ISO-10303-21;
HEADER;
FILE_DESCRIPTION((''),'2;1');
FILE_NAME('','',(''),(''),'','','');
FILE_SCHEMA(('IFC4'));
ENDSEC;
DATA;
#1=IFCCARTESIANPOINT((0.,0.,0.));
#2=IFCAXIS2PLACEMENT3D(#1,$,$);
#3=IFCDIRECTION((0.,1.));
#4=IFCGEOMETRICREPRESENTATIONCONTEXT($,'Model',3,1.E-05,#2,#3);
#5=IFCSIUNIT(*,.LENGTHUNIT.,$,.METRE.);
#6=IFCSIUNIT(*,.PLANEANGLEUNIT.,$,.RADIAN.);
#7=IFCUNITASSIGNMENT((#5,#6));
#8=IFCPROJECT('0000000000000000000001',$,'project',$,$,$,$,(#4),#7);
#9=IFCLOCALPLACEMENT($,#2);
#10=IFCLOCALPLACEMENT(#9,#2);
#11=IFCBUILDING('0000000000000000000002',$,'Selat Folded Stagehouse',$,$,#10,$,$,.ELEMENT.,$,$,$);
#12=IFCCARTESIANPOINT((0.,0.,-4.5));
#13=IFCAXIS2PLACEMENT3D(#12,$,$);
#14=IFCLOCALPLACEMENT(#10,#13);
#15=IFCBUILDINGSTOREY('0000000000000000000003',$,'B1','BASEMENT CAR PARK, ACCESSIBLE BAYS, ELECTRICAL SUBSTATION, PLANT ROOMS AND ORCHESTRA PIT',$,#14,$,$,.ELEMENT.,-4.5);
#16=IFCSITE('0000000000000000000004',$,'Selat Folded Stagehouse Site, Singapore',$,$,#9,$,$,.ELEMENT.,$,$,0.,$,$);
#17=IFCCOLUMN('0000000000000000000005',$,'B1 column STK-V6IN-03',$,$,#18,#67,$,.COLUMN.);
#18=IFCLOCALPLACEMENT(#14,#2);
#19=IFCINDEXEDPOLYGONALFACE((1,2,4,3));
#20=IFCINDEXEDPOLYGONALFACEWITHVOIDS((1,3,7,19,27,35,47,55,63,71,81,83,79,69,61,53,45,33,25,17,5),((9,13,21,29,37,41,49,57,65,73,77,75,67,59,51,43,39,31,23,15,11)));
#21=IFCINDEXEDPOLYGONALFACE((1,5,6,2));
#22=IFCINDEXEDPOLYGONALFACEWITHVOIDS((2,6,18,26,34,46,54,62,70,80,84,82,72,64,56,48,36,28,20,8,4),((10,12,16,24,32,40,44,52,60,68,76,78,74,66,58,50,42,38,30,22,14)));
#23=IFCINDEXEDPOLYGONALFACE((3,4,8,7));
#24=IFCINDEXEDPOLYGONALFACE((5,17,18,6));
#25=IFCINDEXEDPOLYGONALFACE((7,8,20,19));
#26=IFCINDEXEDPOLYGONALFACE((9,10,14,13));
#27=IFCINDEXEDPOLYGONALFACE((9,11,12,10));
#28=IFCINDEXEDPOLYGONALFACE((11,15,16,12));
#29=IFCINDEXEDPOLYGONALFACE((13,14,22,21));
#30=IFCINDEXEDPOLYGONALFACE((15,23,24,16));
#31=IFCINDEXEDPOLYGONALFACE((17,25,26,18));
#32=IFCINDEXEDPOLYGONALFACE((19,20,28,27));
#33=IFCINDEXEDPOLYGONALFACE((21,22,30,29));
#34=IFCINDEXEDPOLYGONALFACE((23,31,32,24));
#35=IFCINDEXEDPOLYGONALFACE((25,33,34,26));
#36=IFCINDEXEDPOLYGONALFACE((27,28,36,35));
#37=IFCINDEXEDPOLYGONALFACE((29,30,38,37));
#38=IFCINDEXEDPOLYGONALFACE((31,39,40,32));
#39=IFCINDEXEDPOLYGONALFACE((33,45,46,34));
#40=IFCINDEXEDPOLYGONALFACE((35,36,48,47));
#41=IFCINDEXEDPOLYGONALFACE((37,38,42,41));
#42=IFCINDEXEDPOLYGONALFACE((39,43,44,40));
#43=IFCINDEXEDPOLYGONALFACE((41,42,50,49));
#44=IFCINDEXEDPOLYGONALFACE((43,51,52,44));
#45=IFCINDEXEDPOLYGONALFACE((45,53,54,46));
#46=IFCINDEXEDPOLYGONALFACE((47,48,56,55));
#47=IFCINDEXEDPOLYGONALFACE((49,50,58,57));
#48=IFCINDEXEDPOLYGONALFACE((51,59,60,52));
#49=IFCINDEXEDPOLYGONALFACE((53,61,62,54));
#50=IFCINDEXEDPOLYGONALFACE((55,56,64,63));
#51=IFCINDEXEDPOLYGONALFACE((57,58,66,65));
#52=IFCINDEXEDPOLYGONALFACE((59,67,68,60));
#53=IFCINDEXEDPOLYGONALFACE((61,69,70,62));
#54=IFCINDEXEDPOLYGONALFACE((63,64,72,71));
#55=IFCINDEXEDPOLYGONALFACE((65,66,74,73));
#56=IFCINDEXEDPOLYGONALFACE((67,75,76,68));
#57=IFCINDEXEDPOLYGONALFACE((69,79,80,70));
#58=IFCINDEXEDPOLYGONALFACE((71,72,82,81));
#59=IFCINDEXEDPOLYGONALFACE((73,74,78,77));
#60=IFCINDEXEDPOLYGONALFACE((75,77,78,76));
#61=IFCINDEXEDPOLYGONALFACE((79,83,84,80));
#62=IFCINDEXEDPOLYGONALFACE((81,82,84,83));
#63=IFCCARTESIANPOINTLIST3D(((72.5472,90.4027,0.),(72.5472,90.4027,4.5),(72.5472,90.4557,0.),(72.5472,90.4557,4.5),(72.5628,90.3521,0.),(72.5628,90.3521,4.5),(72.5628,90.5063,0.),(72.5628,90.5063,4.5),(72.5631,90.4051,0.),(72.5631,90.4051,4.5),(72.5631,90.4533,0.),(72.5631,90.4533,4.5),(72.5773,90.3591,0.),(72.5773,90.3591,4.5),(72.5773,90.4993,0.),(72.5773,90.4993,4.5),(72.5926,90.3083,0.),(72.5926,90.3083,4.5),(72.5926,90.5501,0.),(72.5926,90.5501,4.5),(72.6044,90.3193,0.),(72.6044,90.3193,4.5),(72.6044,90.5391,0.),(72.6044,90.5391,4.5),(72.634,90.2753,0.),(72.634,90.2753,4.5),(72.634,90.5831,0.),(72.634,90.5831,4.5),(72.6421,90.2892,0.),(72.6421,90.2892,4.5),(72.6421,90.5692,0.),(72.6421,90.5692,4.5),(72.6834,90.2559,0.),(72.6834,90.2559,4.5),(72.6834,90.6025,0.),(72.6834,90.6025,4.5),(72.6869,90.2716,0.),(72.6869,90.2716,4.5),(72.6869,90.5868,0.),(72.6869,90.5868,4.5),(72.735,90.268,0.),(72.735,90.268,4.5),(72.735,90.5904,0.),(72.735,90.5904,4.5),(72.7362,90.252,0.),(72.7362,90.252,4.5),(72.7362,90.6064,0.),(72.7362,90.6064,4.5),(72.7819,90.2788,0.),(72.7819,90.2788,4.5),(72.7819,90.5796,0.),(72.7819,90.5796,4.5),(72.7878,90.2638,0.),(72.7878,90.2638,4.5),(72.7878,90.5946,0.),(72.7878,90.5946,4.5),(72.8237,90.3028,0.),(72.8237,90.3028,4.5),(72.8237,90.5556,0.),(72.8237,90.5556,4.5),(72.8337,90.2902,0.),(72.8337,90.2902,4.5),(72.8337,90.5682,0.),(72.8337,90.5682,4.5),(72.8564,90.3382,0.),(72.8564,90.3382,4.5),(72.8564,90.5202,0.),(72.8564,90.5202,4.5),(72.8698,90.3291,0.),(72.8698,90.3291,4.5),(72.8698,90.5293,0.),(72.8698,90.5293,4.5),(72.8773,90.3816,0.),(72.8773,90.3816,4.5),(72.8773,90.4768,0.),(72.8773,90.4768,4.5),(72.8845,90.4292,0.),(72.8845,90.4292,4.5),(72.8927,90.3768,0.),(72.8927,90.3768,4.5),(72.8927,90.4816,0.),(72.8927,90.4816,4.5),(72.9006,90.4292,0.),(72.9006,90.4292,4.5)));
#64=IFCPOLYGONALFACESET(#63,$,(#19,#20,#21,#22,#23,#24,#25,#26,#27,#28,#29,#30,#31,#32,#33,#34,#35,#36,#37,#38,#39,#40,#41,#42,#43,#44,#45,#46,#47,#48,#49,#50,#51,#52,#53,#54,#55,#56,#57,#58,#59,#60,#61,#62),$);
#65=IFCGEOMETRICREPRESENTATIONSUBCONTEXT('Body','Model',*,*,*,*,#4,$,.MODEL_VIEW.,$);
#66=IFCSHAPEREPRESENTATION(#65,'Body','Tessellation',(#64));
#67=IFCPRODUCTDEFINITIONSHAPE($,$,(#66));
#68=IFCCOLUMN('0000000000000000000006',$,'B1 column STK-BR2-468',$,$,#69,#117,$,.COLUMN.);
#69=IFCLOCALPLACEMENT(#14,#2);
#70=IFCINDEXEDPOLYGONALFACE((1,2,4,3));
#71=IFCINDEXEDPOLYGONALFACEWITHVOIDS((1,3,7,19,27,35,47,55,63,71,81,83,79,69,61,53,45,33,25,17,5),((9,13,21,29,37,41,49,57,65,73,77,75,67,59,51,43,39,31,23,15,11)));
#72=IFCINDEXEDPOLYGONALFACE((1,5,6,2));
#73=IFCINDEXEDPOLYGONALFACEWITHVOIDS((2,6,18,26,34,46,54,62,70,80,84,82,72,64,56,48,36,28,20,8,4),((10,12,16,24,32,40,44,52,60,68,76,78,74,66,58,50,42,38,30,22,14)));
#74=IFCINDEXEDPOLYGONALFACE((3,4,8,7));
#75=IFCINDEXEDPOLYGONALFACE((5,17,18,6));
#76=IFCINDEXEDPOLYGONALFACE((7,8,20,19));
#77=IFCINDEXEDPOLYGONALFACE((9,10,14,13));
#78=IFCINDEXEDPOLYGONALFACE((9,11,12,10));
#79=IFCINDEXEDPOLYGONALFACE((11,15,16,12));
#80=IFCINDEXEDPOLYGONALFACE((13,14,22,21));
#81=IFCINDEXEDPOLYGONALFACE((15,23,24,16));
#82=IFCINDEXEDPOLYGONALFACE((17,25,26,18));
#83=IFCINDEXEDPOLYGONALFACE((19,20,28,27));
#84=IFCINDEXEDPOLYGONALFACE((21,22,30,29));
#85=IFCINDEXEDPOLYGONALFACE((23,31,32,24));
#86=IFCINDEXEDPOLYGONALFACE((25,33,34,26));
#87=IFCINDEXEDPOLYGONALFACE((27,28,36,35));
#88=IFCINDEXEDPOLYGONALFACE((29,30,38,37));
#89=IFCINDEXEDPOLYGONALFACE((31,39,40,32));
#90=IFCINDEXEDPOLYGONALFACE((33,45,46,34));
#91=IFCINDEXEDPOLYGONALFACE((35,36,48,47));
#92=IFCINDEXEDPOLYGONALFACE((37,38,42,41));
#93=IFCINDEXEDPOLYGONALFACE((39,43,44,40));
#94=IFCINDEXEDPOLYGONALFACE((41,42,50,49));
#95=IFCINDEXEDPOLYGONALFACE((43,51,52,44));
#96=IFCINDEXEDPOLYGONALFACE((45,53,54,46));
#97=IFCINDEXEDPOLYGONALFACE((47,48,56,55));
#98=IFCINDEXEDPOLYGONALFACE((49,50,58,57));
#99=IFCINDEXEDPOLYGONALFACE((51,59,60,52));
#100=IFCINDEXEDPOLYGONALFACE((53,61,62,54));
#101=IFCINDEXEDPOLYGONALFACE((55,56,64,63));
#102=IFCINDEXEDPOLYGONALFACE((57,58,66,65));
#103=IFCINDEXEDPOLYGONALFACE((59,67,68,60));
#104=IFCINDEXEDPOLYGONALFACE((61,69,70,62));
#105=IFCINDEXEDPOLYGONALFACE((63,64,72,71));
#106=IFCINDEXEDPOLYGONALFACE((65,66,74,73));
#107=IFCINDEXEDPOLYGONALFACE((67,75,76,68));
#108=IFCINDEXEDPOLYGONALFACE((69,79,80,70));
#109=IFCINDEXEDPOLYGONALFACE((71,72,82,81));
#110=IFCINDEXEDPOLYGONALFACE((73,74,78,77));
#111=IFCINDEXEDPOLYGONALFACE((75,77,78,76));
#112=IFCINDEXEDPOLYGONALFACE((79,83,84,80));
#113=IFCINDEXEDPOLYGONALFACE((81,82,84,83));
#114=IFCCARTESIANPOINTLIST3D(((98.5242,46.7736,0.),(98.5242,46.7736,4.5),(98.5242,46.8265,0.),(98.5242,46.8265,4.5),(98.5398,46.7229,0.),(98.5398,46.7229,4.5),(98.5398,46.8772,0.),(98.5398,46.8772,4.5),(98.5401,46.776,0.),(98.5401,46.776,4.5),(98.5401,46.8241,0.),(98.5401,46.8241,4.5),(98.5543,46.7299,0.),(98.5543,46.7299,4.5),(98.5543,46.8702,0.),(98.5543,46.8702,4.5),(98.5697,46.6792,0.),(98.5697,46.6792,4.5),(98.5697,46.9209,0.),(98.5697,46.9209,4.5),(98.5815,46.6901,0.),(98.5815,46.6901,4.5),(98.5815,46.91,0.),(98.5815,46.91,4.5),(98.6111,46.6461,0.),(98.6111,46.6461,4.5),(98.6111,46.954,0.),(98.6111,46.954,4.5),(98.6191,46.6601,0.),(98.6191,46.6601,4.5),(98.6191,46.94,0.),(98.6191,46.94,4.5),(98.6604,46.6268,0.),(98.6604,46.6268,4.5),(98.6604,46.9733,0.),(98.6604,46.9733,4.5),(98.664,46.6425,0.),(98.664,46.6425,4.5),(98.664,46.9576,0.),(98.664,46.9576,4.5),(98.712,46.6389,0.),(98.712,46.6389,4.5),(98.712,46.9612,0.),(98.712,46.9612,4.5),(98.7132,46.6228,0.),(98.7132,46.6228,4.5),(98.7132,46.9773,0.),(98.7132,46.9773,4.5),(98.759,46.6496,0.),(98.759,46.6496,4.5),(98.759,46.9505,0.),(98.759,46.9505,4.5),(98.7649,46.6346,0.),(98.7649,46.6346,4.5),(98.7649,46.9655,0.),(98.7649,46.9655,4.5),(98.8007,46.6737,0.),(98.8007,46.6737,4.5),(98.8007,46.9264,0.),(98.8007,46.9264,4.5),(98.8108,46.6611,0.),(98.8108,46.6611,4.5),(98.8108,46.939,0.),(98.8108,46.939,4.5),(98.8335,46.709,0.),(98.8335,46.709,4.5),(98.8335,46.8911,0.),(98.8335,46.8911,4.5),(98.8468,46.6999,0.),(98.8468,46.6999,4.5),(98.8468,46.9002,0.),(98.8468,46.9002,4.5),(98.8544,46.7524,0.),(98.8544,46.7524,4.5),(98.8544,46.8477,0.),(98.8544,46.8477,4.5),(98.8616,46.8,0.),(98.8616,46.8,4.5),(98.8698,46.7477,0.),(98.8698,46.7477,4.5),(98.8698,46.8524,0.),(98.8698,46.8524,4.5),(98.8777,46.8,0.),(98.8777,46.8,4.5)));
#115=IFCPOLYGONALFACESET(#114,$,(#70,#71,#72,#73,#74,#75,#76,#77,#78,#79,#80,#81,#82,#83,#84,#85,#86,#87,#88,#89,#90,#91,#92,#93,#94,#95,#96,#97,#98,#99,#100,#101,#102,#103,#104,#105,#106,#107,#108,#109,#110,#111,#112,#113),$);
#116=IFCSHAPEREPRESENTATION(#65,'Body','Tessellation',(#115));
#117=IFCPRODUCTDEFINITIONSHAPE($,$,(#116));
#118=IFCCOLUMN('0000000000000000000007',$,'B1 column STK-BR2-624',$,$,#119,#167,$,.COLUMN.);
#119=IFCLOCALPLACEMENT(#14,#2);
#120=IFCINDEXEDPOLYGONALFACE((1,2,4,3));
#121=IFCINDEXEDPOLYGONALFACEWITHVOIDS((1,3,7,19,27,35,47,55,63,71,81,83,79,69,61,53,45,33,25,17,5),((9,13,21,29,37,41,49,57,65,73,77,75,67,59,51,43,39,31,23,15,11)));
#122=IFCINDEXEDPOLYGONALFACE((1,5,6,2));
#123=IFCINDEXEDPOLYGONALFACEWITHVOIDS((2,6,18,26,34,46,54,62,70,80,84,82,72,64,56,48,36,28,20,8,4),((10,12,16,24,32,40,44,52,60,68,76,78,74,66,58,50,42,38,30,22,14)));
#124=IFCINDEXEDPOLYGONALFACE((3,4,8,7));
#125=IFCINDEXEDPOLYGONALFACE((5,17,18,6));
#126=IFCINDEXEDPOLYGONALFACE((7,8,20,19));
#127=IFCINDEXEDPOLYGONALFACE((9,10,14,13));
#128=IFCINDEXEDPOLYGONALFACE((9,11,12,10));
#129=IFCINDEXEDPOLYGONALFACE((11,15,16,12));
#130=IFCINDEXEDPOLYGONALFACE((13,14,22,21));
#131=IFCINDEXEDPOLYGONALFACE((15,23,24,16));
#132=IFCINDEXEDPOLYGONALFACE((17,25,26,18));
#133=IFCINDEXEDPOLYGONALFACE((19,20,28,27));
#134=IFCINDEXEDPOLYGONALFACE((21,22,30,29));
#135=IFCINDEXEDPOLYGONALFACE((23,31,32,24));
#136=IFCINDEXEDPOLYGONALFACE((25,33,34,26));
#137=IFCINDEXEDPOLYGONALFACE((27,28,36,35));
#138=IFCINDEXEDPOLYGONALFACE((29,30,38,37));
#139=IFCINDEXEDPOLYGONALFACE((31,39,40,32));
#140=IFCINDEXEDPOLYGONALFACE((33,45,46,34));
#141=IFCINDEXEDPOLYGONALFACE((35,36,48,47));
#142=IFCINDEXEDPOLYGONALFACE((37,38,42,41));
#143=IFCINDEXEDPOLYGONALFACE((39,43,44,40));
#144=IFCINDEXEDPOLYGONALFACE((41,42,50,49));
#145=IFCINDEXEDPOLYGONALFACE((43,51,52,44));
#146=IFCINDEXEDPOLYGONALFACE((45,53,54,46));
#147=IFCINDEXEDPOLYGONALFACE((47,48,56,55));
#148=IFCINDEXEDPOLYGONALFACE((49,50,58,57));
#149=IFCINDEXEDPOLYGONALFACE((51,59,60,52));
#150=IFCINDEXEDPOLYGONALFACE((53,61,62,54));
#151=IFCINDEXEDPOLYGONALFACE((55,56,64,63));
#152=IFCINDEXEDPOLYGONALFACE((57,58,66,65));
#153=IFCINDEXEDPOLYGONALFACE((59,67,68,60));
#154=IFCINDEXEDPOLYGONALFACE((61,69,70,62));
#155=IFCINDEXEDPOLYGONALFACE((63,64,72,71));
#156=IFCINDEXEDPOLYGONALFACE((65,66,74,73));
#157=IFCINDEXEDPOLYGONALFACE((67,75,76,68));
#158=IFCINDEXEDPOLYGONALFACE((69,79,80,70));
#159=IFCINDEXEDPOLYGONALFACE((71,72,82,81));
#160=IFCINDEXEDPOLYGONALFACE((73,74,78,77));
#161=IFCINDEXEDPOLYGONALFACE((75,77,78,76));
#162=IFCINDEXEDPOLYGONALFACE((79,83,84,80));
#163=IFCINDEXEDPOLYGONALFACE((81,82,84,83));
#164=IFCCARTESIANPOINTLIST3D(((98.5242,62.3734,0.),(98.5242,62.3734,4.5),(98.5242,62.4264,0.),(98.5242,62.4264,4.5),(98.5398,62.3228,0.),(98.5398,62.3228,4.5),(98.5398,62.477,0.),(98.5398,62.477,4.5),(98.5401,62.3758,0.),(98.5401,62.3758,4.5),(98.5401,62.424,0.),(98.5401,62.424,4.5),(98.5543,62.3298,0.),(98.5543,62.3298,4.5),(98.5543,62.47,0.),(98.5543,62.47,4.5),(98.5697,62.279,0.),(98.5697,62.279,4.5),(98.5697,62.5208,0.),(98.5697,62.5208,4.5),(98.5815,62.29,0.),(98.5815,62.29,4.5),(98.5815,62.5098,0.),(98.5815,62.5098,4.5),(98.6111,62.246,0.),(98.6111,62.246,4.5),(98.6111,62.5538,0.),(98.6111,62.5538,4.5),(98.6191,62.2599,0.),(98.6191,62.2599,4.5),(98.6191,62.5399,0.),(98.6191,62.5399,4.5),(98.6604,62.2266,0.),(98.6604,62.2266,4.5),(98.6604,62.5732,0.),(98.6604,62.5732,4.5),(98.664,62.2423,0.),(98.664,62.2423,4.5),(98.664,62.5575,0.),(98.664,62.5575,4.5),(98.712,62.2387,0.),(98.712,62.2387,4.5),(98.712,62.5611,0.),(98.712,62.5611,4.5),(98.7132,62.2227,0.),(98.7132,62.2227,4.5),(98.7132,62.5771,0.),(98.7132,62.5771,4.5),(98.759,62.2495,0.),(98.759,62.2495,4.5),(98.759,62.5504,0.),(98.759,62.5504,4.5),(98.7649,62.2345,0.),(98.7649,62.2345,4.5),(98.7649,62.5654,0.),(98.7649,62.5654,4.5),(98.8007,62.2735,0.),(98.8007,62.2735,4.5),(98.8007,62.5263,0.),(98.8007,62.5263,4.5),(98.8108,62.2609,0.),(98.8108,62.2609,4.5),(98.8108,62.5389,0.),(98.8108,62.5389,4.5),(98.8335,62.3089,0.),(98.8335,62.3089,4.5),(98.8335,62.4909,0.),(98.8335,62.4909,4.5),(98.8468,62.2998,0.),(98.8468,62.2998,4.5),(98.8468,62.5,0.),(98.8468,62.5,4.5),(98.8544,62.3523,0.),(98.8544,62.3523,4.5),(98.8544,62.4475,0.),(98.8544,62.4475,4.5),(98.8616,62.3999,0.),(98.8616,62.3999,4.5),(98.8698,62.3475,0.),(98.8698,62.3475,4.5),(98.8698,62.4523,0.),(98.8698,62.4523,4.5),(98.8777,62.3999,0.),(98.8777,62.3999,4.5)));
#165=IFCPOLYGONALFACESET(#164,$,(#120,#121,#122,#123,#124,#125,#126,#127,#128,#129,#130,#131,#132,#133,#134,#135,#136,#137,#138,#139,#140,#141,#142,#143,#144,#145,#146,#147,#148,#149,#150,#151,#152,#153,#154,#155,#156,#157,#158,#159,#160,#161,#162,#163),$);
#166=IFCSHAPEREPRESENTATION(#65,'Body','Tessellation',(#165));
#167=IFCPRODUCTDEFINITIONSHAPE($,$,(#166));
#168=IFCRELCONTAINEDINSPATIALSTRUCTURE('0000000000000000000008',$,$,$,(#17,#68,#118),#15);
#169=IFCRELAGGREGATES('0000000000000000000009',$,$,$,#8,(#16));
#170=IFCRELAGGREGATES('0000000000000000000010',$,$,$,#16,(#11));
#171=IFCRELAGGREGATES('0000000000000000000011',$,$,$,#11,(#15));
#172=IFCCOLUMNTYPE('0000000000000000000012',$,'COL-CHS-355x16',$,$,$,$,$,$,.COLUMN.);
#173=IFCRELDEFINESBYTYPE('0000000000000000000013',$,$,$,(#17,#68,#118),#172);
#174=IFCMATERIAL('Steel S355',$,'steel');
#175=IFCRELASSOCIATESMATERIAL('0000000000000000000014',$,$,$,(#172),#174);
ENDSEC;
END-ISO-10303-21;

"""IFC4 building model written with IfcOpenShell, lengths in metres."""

from ifc_helpers import new_model, si_unit, direction, frame, origin, origin_2d, place, context, subcontext, project, spatial, hollow_circle, extrude, material, material_profile, profile_set, type_object, element, save


model = new_model("IFC4")

# Units and contexts
model_context = context("Model", 3, precision=1e-05, world=origin(), true_north=direction((0.0, 1.0)))
body_context = subcontext(model_context, "Body", "Model", "MODEL_VIEW")
ifc_project = project(units=[si_unit("LENGTHUNIT", "METRE"), si_unit("PLANEANGLEUNIT", "RADIAN")], contexts=[model_context])

# Site, building, storey
site_placement = place(None, origin())
site = spatial("IfcSite", under=ifc_project, at=site_placement, Name="Selat Folded Stagehouse Site, Singapore", CompositionType="ELEMENT", RefElevation=0.0)
building_placement = place(site_placement, origin())
building = spatial("IfcBuilding", under=site, at=building_placement, Name="Selat Folded Stagehouse", CompositionType="ELEMENT")
storey_placement = place(building_placement, frame((0.0, 0.0, -4.5)))
storey = spatial("IfcBuildingStorey", under=building, at=storey_placement, Name="B1", Description="BASEMENT CAR PARK, ACCESSIBLE BAYS, ELECTRICAL SUBSTATION, PLANT ROOMS AND ORCHESTRA PIT", CompositionType="ELEMENT", Elevation=-4.5)

# Columns
ifc_material_1 = material(Name="Steel S355", Category="steel")
ifc_material_profile_1 = material_profile(ifc_material_1, hollow_circle(Radius=0.1777, WallThickness=0.0161, at=origin_2d()), Name="CHS 355.6x16.0")
ifc_profile_set_1 = profile_set([ifc_material_profile_1], Name="Steel S355")
column_type_1 = type_object("IfcColumnType", Name="COL-CHS-355x16", PredefinedType="COLUMN", material=ifc_profile_set_1)
for number, where, z_axis, x_axis, name in (
    (1, (72.7229, 90.4292, 0.0), (0.0, 0.0, 1.0), (1.0, 0.0, 0.0), "B1 column STK-V6IN-03"),
    (2, (98.7, 46.8, 0.0), (0.0, 0.0, 1.0), (1.0, 0.0, 0.0), "B1 column STK-BR2-468"),
    (3, (98.7, 62.3999, 0.0), (0.0, 0.0, 1.0), (1.0, 0.0, 0.0), "B1 column STK-BR2-624"),
):
    element("IfcColumn", number, at=place(storey_placement, frame(where, z_axis=z_axis, x_axis=x_axis)), inside=storey, type_object=column_type_1, Name=name, PredefinedType="COLUMN", context=body_context, shape_type="SweptSolid", body=[
        extrude(hollow_circle(Radius=0.1777, WallThickness=0.0161, at=origin_2d()), origin(), (0.0, 0.0, 1.0), 4.5),
    ])

save(model, "model.ifc")
